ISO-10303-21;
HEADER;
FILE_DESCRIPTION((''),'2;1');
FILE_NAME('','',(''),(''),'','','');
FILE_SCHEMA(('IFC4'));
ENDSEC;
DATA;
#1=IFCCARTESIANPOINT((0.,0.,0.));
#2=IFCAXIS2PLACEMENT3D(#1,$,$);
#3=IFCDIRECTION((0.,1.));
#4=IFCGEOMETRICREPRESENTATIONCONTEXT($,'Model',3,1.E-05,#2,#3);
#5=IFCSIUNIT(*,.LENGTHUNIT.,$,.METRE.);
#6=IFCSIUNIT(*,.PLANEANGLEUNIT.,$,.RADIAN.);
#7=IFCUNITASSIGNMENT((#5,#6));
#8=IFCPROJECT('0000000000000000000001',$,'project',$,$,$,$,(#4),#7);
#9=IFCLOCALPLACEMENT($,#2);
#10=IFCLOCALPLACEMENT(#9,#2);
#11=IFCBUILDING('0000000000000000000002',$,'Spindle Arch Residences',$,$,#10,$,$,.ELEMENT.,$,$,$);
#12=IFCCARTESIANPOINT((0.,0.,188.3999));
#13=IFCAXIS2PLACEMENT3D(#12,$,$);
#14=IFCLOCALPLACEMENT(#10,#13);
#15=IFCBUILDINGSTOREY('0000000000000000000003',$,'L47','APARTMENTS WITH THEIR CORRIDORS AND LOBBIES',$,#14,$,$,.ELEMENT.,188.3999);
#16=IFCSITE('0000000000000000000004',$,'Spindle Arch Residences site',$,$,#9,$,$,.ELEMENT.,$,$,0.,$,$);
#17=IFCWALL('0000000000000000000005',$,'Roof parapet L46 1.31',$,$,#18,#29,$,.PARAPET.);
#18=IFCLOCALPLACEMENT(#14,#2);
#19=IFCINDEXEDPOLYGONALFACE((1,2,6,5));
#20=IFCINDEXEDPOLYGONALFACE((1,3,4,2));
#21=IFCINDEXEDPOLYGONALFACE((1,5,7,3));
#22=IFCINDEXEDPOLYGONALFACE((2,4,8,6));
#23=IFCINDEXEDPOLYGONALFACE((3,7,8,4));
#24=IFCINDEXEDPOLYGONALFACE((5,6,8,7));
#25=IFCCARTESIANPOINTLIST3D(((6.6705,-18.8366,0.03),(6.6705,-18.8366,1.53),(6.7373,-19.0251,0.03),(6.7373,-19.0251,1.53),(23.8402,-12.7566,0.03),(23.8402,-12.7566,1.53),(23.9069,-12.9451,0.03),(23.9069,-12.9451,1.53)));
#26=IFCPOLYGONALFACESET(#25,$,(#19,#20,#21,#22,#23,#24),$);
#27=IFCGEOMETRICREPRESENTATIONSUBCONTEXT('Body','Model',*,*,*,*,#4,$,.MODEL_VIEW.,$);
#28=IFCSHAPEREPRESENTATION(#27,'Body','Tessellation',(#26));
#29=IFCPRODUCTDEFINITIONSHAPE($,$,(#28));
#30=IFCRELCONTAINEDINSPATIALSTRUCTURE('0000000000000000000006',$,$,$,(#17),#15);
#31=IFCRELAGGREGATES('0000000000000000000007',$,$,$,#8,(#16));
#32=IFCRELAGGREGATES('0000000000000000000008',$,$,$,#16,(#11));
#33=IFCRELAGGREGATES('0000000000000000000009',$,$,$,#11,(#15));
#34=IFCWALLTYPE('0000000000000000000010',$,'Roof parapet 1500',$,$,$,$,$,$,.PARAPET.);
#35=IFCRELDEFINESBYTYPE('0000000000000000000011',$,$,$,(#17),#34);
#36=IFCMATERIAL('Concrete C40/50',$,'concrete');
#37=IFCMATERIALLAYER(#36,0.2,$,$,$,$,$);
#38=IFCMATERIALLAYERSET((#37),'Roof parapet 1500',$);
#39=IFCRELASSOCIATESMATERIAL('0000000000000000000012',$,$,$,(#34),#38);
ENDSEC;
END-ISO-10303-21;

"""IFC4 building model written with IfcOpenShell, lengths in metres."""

from ifc_helpers import new_model, si_unit, direction, frame, frame_2d, origin, place, context, subcontext, project, spatial, rectangle, extrude, material, layer, layer_set, type_object, element, save


model = new_model("IFC4")

# Units and contexts
model_context = context("Model", 3, precision=1e-05, world=origin(), true_north=direction((0.0, 1.0)))
body_context = subcontext(model_context, "Body", "Model", "MODEL_VIEW")
ifc_project = project(units=[si_unit("LENGTHUNIT", "METRE"), si_unit("PLANEANGLEUNIT", "RADIAN")], contexts=[model_context])

# Site, building, storey
site_placement = place(None, origin())
site = spatial("IfcSite", under=ifc_project, at=site_placement, Name="Spindle Arch Residences site", CompositionType="ELEMENT", RefElevation=0.0)
building_placement = place(site_placement, origin())
building = spatial("IfcBuilding", under=site, at=building_placement, Name="Spindle Arch Residences", CompositionType="ELEMENT")
storey_placement = place(building_placement, frame((0.0, 0.0, 188.3999)))
storey = spatial("IfcBuildingStorey", under=building, at=storey_placement, Name="L47", Description="APARTMENTS WITH THEIR CORRIDORS AND LOBBIES", CompositionType="ELEMENT", Elevation=188.3999)

# Wall
ifc_material_1 = material(Name="Concrete C40/50", Category="concrete")
ifc_layer_1 = layer(ifc_material_1, 0.2)
ifc_layer_set_1 = layer_set([ifc_layer_1], Name="Roof parapet 1500")
wall_type_1 = type_object("IfcWallType", Name="Roof parapet 1500", PredefinedType="PARAPET", material=ifc_layer_set_1)
wall_1_placement = place(storey_placement, frame((23.8735, -12.8508, 0.03), z_axis=(0.0, 0.0, 1.0), x_axis=(-0.942642, -0.333806, 0.0)))
element("IfcWall", 1, at=wall_1_placement, inside=storey, type_object=wall_type_1, Name="Roof parapet L46 1.31", PredefinedType="PARAPET", context=body_context, shape_type="SweptSolid", body=[
    extrude(rectangle(XDim=18.2144, YDim=0.2, at=frame_2d((9.1072, 0.0))), origin(), (0.0, 0.0, 1.0), 1.5),
])

save(model, "model.ifc")
